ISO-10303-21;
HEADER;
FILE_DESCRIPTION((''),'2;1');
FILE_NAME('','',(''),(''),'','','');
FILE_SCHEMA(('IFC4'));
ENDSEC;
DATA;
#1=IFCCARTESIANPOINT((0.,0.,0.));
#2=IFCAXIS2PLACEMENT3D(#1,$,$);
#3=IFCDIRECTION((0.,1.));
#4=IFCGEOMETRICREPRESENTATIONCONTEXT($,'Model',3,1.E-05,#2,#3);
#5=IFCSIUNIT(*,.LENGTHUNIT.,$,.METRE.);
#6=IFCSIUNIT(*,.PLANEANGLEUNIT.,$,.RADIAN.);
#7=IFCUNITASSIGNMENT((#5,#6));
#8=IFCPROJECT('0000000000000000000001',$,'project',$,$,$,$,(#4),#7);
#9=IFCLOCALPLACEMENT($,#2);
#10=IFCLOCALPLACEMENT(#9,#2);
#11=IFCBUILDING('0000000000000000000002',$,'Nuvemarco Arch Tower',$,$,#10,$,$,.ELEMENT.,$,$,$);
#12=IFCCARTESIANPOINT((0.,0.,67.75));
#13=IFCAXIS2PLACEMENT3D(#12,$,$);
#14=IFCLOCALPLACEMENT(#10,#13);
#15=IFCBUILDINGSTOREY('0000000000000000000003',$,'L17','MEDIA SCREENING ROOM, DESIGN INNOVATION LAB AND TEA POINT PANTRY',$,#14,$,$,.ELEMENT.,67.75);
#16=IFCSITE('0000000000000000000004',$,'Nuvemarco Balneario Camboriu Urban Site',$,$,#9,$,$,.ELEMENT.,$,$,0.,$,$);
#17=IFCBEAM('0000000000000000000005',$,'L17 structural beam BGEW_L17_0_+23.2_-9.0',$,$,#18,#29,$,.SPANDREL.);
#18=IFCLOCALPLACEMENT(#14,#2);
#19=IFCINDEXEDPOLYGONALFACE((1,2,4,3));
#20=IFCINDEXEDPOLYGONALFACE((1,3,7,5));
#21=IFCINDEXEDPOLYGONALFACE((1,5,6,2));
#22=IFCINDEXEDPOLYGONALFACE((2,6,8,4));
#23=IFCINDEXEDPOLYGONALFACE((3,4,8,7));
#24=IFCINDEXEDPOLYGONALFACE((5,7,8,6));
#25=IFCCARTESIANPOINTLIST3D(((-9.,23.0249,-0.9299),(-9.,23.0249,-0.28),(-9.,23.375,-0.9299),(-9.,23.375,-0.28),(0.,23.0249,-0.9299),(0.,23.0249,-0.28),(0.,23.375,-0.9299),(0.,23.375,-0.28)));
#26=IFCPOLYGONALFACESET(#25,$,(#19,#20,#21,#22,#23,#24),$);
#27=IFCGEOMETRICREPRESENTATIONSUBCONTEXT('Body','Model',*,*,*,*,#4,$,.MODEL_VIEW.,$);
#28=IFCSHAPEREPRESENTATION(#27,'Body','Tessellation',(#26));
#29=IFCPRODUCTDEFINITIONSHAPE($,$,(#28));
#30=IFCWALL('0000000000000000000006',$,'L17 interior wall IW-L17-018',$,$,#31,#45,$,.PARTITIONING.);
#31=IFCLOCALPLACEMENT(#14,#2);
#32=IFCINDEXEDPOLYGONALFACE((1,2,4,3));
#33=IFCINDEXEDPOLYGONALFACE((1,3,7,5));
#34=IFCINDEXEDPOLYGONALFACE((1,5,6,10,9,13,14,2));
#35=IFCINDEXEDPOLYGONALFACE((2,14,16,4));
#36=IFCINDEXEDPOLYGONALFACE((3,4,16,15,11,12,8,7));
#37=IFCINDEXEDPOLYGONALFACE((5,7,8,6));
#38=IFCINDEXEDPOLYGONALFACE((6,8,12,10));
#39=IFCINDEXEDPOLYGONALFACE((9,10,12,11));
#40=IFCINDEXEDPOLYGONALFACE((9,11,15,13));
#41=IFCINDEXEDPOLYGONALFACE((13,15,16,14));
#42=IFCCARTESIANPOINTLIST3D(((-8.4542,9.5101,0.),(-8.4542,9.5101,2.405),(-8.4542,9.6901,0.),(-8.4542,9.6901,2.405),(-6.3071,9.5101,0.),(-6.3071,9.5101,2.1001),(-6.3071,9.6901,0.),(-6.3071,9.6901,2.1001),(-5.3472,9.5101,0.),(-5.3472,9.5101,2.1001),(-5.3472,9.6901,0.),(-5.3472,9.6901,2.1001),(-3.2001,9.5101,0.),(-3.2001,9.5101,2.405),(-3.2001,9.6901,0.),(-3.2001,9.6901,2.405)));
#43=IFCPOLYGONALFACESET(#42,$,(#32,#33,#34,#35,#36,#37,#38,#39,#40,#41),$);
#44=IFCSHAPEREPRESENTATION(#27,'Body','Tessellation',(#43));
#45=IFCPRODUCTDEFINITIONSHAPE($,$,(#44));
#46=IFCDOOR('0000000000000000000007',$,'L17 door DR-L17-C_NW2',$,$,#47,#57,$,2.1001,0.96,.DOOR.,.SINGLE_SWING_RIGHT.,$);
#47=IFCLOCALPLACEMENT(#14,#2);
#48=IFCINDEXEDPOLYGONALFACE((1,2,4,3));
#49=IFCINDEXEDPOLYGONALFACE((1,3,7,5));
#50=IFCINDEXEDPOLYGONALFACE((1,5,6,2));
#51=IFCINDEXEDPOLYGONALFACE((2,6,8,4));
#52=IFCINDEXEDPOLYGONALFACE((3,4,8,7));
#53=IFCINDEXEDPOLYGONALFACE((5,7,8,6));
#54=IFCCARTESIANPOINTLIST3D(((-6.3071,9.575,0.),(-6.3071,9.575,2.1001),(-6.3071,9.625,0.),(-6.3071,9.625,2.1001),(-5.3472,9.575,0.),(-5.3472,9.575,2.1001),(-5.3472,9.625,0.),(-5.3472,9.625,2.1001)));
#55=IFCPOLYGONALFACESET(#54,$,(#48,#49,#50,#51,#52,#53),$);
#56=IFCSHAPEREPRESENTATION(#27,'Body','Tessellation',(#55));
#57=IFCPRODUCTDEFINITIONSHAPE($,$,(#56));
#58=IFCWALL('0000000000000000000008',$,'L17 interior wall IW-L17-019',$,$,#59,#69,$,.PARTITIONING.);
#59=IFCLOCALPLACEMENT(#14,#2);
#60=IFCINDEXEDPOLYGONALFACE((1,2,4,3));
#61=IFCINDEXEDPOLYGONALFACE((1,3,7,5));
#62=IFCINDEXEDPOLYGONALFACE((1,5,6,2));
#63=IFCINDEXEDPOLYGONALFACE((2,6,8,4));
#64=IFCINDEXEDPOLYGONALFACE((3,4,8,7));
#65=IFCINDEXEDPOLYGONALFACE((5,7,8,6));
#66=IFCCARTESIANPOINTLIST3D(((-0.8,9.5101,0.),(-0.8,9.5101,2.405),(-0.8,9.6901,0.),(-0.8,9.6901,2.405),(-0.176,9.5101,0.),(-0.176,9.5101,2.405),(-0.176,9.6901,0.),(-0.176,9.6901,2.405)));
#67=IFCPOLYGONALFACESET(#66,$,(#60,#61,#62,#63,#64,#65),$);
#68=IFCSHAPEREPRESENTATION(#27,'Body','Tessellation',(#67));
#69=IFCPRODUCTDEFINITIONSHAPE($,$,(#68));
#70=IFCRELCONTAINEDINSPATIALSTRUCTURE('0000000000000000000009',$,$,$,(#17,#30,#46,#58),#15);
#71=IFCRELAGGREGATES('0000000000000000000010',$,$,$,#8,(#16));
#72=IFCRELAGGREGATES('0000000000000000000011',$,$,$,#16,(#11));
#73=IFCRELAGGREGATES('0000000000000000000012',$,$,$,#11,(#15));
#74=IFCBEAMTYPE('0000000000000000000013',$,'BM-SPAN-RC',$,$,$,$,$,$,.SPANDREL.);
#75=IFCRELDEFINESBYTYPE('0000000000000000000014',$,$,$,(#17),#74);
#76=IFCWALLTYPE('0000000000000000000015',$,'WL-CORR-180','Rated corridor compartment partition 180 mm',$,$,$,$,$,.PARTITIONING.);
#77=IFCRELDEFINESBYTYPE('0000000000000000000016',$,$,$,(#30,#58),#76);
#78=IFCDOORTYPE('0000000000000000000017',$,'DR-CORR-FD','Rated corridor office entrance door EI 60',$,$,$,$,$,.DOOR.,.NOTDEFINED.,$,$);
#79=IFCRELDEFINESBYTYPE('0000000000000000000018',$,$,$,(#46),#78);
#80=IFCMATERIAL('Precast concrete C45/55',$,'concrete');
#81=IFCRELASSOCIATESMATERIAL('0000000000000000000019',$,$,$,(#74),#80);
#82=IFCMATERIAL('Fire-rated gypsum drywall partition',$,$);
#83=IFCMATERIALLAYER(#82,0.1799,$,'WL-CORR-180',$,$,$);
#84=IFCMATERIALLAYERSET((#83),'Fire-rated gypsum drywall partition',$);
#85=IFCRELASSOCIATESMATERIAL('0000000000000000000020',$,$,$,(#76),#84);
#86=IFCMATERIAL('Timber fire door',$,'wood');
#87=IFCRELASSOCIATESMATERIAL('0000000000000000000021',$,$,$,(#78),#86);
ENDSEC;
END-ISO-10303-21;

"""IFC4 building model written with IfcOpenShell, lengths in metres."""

from ifc_helpers import new_model, si_unit, direction, frame, frame_2d, origin, origin_2d, place, context, subcontext, project, spatial, rectangle, extrude, source, transform, mapped, material, layer, layer_set, material_profile, profile_set, type_object, type_shapes, element, fill, save


model = new_model("IFC4")

# Units and contexts
model_context = context("Model", 3, precision=1e-05, world=origin(), true_north=direction((0.0, 1.0)))
body_context = subcontext(model_context, "Body", "Model", "MODEL_VIEW")
ifc_project = project(units=[si_unit("LENGTHUNIT", "METRE"), si_unit("PLANEANGLEUNIT", "RADIAN")], contexts=[model_context])

# Site, building, storey
site_placement = place(None, origin())
site = spatial("IfcSite", under=ifc_project, at=site_placement, Name="Nuvemarco Balneario Camboriu Urban Site", CompositionType="ELEMENT", RefElevation=0.0)
building_placement = place(site_placement, origin())
building = spatial("IfcBuilding", under=site, at=building_placement, Name="Nuvemarco Arch Tower", CompositionType="ELEMENT")
storey_placement = place(building_placement, frame((0.0, 0.0, 67.75)))
storey = spatial("IfcBuildingStorey", under=building, at=storey_placement, Name="L17", Description="MEDIA SCREENING ROOM, DESIGN INNOVATION LAB AND TEA POINT PANTRY", CompositionType="ELEMENT", Elevation=67.75)

# Beam
ifc_material_1 = material(Name="Precast concrete C45/55", Category="concrete")
ifc_material_profile_1 = material_profile(ifc_material_1, rectangle(XDim=0.3501, YDim=0.6499, at=origin_2d()), Name="PC-SP-350x650")
ifc_profile_set_1 = profile_set([ifc_material_profile_1], Name="Precast concrete C45/55")
beam_type_1 = type_object("IfcBeamType", Name="BM-SPAN-RC", PredefinedType="SPANDREL", material=ifc_profile_set_1)
beam_1_placement = place(storey_placement, frame((-9.0, 23.2, -0.605), z_axis=(1.0, 0.0, 0.0), x_axis=(0.0, 1.0, 0.0)))
element("IfcBeam", 1, at=beam_1_placement, inside=storey, type_object=beam_type_1, Name="L17 structural beam BGEW_L17_0_+23.2_-9.0", PredefinedType="SPANDREL", context=body_context, shape_type="SweptSolid", body=[
    extrude(rectangle(XDim=0.3501, YDim=0.6499, at=origin_2d()), origin(), (0.0, 0.0, 1.0), 9.0),
])

# Wall, opening, door
ifc_material_2 = material(Name="Fire-rated gypsum drywall partition")
ifc_layer_1 = layer(ifc_material_2, 0.1799, Name="WL-CORR-180")
ifc_layer_set_1 = layer_set([ifc_layer_1], Name="Fire-rated gypsum drywall partition")
wall_type_1 = type_object("IfcWallType", Name="WL-CORR-180", Description="Rated corridor compartment partition 180 mm", PredefinedType="PARTITIONING", material=ifc_layer_set_1)
wall_1_placement = place(storey_placement, frame((-8.4541, 9.6001, 0.0), z_axis=(0.0, 0.0, 1.0), x_axis=(1.0, 0.0, 0.0)))
wall_1 = element("IfcWall", 2, at=wall_1_placement, inside=storey, type_object=wall_type_1, Name="L17 interior wall IW-L17-018", PredefinedType="PARTITIONING", context=body_context, shape_type="SweptSolid", body=[
    extrude(rectangle(XDim=5.2542, YDim=0.1799, at=frame_2d((2.627, 0.0))), origin(), (0.0, 0.0, 1.0), 2.405),
])
opening_1_placement = place(wall_1_placement, frame((2.147, 0.0, 0.0)))
opening_1 = element("IfcOpeningElement", 3, at=opening_1_placement, cuts=wall_1, PredefinedType="OPENING", context=body_context, shape_type="SweptSolid", body=[
    extrude(rectangle(XDim=0.96, YDim=2.1001, at=frame_2d((0.48, 1.05))), frame((0.0, 0.0999, 0.0), z_axis=(0.0, -1.0, 0.0), x_axis=(1.0, 0.0, 0.0)), (0.0, 0.0, 1.0), 0.2),
])
ifc_material_3 = material(Name="Timber fire door", Category="wood")
door_type = type_object("IfcDoorType", Name="DR-CORR-FD", Description="Rated corridor office entrance door EI 60", OperationType="NOTDEFINED", PredefinedType="DOOR", material=ifc_material_3)
shared_shape_1 = source(origin(), body_context, "Body", "SweptSolid", [
    extrude(rectangle(XDim=0.96, YDim=2.1001, at=frame_2d((0.48, 1.05))), frame((0.0, 0.0249, 0.0), z_axis=(0.0, -1.0, 0.0), x_axis=(1.0, 0.0, 0.0)), (0.0, 0.0, 1.0), 0.05),
])
type_shapes(door_type, [shared_shape_1])
door_1_placement = place(opening_1_placement, origin())
door_1 = element("IfcDoor", 4, at=door_1_placement, inside=storey, type_object=door_type, Name="L17 door DR-L17-C_NW2", OperationType="SINGLE_SWING_RIGHT", OverallHeight=2.1001, OverallWidth=0.96, PredefinedType="DOOR", context=body_context, shape_type="MappedRepresentation", body=[
    mapped(shared_shape_1, transform((0.0, 0.0, 0.0), scale=1.0)),
])
fill(opening_1, door_1)

# Wall
wall_2_placement = place(storey_placement, frame((-0.8, 9.6001, 0.0), z_axis=(0.0, 0.0, 1.0), x_axis=(1.0, 0.0, 0.0)))
element("IfcWall", 5, at=wall_2_placement, inside=storey, type_object=wall_type_1, Name="L17 interior wall IW-L17-019", PredefinedType="PARTITIONING", context=body_context, shape_type="SweptSolid", body=[
    extrude(rectangle(XDim=0.624, YDim=0.1799, at=frame_2d((0.312, 0.0))), origin(), (0.0, 0.0, 1.0), 2.405),
])

save(model, "model.ifc")
